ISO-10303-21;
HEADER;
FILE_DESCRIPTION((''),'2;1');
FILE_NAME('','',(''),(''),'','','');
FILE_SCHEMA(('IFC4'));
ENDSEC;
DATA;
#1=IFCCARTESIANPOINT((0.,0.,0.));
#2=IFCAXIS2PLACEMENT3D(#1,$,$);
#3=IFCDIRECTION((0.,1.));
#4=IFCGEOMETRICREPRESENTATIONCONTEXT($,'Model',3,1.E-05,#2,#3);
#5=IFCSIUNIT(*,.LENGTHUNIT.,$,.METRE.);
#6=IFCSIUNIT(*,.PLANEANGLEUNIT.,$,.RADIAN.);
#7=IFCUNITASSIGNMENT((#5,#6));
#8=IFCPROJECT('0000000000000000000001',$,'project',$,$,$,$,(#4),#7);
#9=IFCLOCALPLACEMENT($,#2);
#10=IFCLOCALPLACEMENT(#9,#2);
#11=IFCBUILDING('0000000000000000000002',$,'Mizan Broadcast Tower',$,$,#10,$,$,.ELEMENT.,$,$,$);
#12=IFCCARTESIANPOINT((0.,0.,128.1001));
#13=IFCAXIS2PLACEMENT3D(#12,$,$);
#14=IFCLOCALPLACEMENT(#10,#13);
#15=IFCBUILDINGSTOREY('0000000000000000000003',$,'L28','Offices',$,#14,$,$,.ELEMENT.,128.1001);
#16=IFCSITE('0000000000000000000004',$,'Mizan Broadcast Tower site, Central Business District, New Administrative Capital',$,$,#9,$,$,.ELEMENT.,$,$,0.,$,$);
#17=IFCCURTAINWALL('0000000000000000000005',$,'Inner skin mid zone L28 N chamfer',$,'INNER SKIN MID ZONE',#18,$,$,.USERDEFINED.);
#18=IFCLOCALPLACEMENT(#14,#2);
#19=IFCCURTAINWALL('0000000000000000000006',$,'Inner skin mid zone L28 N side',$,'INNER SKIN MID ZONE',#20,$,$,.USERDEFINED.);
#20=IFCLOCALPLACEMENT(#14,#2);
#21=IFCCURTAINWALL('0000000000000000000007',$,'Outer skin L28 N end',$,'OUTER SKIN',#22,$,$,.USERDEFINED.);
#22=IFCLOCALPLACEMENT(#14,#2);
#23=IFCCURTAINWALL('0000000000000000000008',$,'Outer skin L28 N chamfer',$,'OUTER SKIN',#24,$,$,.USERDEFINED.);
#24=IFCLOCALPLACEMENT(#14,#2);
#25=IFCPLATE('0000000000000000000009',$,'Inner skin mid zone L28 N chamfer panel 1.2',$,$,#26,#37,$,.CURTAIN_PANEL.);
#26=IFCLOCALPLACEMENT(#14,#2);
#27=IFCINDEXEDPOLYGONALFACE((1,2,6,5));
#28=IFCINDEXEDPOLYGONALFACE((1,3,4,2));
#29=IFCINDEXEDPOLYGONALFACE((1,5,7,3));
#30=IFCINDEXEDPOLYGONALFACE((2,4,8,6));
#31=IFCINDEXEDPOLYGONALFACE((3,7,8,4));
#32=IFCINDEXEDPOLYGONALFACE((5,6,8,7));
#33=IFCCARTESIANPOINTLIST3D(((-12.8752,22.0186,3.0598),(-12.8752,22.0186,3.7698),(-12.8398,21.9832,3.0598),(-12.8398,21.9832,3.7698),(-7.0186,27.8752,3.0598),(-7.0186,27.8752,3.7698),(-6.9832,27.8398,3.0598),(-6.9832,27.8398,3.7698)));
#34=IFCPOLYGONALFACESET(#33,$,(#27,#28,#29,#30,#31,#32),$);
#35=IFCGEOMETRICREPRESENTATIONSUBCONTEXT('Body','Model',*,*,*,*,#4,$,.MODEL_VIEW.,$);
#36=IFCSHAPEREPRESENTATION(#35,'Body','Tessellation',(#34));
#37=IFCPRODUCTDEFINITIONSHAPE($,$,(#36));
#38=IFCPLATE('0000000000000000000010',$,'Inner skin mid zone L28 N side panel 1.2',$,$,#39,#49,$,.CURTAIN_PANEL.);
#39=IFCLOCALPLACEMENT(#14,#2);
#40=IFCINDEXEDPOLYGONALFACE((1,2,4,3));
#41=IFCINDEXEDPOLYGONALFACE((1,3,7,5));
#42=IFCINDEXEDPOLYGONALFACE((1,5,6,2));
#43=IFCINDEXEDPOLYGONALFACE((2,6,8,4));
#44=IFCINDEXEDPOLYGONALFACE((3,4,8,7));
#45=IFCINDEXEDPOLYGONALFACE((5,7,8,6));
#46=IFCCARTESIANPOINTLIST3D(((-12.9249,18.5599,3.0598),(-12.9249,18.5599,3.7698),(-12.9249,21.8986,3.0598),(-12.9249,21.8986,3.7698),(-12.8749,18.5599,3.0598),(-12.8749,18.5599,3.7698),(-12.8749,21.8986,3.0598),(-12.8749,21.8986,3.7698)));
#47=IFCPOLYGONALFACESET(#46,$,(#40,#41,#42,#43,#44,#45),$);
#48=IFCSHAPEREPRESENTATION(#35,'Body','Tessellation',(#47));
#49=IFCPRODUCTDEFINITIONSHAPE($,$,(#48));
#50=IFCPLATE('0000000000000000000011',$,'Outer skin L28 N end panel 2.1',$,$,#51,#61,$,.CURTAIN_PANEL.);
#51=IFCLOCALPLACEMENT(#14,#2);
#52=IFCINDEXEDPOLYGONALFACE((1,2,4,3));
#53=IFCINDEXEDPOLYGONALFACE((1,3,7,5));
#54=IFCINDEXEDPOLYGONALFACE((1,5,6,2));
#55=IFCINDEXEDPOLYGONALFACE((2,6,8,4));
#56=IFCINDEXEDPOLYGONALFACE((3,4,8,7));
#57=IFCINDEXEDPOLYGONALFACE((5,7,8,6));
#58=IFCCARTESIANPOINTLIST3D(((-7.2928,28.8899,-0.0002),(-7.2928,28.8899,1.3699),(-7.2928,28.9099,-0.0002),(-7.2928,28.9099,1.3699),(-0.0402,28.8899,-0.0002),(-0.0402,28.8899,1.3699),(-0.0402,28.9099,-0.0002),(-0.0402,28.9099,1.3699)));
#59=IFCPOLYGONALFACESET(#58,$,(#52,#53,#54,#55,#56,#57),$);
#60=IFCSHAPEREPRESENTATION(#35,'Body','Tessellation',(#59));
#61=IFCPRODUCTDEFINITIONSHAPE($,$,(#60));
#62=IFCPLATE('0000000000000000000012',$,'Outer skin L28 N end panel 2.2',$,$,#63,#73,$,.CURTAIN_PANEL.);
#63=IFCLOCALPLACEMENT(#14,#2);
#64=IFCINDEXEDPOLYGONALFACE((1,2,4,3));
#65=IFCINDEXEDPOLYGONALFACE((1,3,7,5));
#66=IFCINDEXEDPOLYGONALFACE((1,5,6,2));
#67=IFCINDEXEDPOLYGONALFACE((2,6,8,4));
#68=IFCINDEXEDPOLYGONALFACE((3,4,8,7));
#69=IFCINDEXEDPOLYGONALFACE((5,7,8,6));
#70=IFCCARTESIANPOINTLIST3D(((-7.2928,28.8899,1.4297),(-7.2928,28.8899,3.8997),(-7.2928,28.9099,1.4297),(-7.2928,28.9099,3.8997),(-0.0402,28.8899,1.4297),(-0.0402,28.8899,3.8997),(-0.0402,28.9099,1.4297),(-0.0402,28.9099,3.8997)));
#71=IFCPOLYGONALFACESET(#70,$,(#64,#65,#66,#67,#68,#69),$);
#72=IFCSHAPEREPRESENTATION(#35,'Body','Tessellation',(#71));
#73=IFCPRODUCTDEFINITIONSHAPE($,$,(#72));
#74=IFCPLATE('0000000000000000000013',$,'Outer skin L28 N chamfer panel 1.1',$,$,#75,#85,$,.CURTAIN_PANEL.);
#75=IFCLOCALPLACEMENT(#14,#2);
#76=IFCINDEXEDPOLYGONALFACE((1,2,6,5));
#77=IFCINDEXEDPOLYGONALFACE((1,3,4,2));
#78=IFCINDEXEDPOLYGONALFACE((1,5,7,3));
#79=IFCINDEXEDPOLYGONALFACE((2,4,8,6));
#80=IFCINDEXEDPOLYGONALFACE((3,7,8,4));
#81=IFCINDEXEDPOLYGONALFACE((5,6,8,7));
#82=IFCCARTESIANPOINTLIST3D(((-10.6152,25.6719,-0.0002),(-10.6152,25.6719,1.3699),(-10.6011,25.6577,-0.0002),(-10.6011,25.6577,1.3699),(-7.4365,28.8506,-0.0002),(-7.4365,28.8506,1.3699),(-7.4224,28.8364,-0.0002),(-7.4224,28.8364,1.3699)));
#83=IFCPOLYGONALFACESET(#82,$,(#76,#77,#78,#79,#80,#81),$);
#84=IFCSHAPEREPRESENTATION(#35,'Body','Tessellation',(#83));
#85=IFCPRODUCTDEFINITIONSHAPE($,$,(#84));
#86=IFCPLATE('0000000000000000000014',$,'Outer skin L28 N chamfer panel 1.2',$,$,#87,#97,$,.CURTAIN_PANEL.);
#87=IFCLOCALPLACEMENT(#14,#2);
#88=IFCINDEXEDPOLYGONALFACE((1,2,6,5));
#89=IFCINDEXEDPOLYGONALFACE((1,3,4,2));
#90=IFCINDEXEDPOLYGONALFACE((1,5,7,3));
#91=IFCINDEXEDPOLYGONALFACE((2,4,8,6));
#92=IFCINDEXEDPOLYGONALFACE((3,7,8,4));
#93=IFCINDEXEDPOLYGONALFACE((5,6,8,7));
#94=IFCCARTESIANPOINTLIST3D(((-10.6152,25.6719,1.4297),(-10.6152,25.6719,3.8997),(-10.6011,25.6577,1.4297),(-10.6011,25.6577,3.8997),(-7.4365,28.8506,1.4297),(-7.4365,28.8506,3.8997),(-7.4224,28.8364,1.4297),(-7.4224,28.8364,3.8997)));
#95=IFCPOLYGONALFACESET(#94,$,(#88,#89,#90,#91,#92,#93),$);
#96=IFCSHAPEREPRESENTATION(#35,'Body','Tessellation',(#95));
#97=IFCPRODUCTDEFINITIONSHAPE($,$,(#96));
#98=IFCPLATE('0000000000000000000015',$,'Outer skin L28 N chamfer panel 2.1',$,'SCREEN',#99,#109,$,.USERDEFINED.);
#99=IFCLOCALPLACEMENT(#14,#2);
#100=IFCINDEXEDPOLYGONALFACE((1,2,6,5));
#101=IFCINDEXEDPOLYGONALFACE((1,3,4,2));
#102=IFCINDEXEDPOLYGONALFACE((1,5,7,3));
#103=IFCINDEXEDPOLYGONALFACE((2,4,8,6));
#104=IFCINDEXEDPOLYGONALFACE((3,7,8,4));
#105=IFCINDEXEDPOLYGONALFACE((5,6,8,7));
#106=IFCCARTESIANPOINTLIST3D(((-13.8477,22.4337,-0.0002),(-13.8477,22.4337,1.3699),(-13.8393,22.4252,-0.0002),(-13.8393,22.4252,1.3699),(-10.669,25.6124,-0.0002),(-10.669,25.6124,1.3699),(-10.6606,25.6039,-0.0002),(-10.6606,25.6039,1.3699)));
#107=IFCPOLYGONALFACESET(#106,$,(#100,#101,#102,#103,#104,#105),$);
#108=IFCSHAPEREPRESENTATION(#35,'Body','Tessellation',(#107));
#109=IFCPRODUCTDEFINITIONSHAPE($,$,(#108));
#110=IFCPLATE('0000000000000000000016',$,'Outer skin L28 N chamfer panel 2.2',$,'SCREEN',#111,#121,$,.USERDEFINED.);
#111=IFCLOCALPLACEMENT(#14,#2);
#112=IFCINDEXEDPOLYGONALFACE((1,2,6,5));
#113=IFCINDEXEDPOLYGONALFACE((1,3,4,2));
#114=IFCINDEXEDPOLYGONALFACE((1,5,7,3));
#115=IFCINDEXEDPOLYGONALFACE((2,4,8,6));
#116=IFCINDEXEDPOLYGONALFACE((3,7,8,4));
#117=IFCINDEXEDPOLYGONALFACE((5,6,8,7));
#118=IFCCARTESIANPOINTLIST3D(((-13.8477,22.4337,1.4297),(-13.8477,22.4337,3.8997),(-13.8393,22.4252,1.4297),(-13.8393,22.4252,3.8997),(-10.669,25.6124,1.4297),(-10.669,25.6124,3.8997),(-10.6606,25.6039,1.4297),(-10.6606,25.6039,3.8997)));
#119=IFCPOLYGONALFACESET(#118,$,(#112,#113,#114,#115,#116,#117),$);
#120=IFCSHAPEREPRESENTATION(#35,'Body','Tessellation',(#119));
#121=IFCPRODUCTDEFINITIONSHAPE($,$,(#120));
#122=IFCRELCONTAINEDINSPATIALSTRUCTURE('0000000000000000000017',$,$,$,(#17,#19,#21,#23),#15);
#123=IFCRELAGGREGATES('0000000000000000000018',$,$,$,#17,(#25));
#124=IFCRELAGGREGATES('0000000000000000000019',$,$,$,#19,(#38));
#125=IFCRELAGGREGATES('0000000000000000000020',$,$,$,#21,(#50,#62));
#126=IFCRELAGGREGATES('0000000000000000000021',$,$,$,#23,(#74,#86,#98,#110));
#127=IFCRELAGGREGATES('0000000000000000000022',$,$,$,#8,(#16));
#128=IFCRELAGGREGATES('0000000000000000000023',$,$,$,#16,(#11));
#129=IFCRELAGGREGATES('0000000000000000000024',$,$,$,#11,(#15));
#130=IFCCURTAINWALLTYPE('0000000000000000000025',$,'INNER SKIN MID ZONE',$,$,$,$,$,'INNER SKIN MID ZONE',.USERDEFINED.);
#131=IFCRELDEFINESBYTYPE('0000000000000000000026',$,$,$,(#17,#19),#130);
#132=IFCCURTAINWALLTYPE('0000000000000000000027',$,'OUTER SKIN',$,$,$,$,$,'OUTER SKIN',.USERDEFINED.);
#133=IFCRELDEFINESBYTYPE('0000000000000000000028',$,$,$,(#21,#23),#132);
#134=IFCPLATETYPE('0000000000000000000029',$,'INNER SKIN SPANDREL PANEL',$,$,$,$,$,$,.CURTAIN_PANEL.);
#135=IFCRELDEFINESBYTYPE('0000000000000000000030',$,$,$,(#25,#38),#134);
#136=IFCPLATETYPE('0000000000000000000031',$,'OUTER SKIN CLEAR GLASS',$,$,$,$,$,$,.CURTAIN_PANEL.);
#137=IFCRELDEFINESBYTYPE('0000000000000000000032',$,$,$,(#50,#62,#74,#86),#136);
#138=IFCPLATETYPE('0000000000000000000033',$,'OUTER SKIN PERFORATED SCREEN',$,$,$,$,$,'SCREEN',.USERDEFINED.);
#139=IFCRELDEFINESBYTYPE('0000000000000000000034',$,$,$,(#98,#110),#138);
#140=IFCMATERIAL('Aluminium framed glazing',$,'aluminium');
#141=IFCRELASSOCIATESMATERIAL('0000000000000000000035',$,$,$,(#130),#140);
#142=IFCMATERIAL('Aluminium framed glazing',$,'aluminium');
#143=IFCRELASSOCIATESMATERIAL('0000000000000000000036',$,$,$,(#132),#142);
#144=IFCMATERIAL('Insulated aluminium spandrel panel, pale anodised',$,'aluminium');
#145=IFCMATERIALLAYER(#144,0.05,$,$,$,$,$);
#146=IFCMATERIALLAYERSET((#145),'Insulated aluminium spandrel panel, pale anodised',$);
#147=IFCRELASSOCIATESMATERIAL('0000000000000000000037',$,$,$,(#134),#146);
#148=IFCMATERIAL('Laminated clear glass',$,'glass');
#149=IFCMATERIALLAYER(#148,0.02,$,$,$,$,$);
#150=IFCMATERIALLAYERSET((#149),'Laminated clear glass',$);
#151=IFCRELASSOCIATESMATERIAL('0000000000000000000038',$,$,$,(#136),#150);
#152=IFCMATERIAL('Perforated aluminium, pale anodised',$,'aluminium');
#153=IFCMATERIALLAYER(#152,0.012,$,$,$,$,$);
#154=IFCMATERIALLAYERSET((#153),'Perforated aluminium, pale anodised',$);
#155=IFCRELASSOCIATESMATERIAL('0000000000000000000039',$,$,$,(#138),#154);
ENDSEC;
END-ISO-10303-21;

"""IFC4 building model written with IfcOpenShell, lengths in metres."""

from ifc_helpers import new_model, si_unit, direction, frame, origin, origin_2d, place, context, subcontext, project, spatial, rectangle, extrude, material, layer, layer_set, type_object, element, aggregate, save


model = new_model("IFC4")

# Units and contexts
model_context = context("Model", 3, precision=1e-05, world=origin(), true_north=direction((0.0, 1.0)))
body_context = subcontext(model_context, "Body", "Model", "MODEL_VIEW")
ifc_project = project(units=[si_unit("LENGTHUNIT", "METRE"), si_unit("PLANEANGLEUNIT", "RADIAN")], contexts=[model_context])

# Site, building, storey
site_placement = place(None, origin())
site = spatial("IfcSite", under=ifc_project, at=site_placement, Name="Mizan Broadcast Tower site, Central Business District, New Administrative Capital", CompositionType="ELEMENT", RefElevation=0.0)
building_placement = place(site_placement, origin())
building = spatial("IfcBuilding", under=site, at=building_placement, Name="Mizan Broadcast Tower", CompositionType="ELEMENT")
storey_placement = place(building_placement, frame((0.0, 0.0, 128.1001)))
storey = spatial("IfcBuildingStorey", under=building, at=storey_placement, Name="L28", Description="Offices", CompositionType="ELEMENT", Elevation=128.1001)

# Shared definitions
ifc_material_1 = material(Name="Aluminium framed glazing", Category="aluminium")
curtain_wall_type_1 = type_object("IfcCurtainWallType", Name="INNER SKIN MID ZONE", ElementType="INNER SKIN MID ZONE", PredefinedType="USERDEFINED", material=ifc_material_1)

# Curtain wall
curtain_wall_1_placement = place(storey_placement, origin())
curtain_wall_1 = element("IfcCurtainWall", 1, at=curtain_wall_1_placement, inside=storey, type_object=curtain_wall_type_1, Name="Inner skin mid zone L28 N chamfer", ObjectType="INNER SKIN MID ZONE", PredefinedType="USERDEFINED")

# Curtain wall
curtain_wall_2_placement = place(storey_placement, origin())
curtain_wall_2 = element("IfcCurtainWall", 2, at=curtain_wall_2_placement, inside=storey, type_object=curtain_wall_type_1, Name="Inner skin mid zone L28 N side", ObjectType="INNER SKIN MID ZONE", PredefinedType="USERDEFINED")

# Curtain wall
ifc_material_2 = material(Name="Aluminium framed glazing", Category="aluminium")
curtain_wall_type_2 = type_object("IfcCurtainWallType", Name="OUTER SKIN", ElementType="OUTER SKIN", PredefinedType="USERDEFINED", material=ifc_material_2)
curtain_wall_3_placement = place(storey_placement, origin())
curtain_wall_3 = element("IfcCurtainWall", 3, at=curtain_wall_3_placement, inside=storey, type_object=curtain_wall_type_2, Name="Outer skin L28 N end", ObjectType="OUTER SKIN", PredefinedType="USERDEFINED")

# Curtain wall
curtain_wall_4_placement = place(storey_placement, origin())
curtain_wall_4 = element("IfcCurtainWall", 4, at=curtain_wall_4_placement, inside=storey, type_object=curtain_wall_type_2, Name="Outer skin L28 N chamfer", ObjectType="OUTER SKIN", PredefinedType="USERDEFINED")

# Plates
ifc_material_3 = material(Name="Insulated aluminium spandrel panel, pale anodised", Category="aluminium")
ifc_layer_1 = layer(ifc_material_3, 0.05)
ifc_layer_set_1 = layer_set([ifc_layer_1], Name="Insulated aluminium spandrel panel, pale anodised")
plate_type_1 = type_object("IfcPlateType", Name="INNER SKIN SPANDREL PANEL", PredefinedType="CURTAIN_PANEL", material=ifc_layer_set_1)
plate_1_placement = place(storey_placement, frame((-9.9292, 24.9292, 3.0598), z_axis=(0.0, 0.0, 1.0), x_axis=(-0.707107, -0.707107, 0.0)))
plate_1 = element("IfcPlate", 5, at=plate_1_placement, type_object=plate_type_1, Name="Inner skin mid zone L28 N chamfer panel 1.2", PredefinedType="CURTAIN_PANEL", context=body_context, shape_type="SweptSolid", body=[
    extrude(rectangle(XDim=8.2825, YDim=0.05, at=origin_2d()), origin(), (0.0, 0.0, 1.0), 0.71),
])
aggregate(curtain_wall_1, [plate_1])
plate_2_placement = place(storey_placement, frame((-12.8999, 20.2292, 3.0598), z_axis=(0.0, 0.0, 1.0), x_axis=(0.0, -1.0, 0.0)))
plate_2 = element("IfcPlate", 6, at=plate_2_placement, type_object=plate_type_1, Name="Inner skin mid zone L28 N side panel 1.2", PredefinedType="CURTAIN_PANEL", context=body_context, shape_type="SweptSolid", body=[
    extrude(rectangle(XDim=3.3386, YDim=0.05, at=origin_2d()), origin(), (0.0, 0.0, 1.0), 0.71),
])
aggregate(curtain_wall_2, [plate_2])
ifc_material_4 = material(Name="Laminated clear glass", Category="glass")
ifc_layer_2 = layer(ifc_material_4, 0.02)
ifc_layer_set_2 = layer_set([ifc_layer_2], Name="Laminated clear glass")
plate_type_2 = type_object("IfcPlateType", Name="OUTER SKIN CLEAR GLASS", PredefinedType="CURTAIN_PANEL", material=ifc_layer_set_2)
plate_3_placement = place(storey_placement, frame((-3.6665, 28.8999, -0.0002), z_axis=(0.0, 0.0, 1.0), x_axis=(-1.0, 0.0, 0.0)))
plate_3 = element("IfcPlate", 7, at=plate_3_placement, type_object=plate_type_2, Name="Outer skin L28 N end panel 2.1", PredefinedType="CURTAIN_PANEL", context=body_context, shape_type="SweptSolid", body=[
    extrude(rectangle(XDim=7.2527, YDim=0.02, at=origin_2d()), origin(), (0.0, 0.0, 1.0), 1.3701),
])
plate_4_placement = place(storey_placement, frame((-3.6665, 28.8999, 1.4297), z_axis=(0.0, 0.0, 1.0), x_axis=(-1.0, 0.0, 0.0)))
plate_4 = element("IfcPlate", 8, at=plate_4_placement, type_object=plate_type_2, Name="Outer skin L28 N end panel 2.2", PredefinedType="CURTAIN_PANEL", context=body_context, shape_type="SweptSolid", body=[
    extrude(rectangle(XDim=7.2527, YDim=0.02, at=origin_2d()), origin(), (0.0, 0.0, 1.0), 2.47),
])
aggregate(curtain_wall_3, [plate_3, plate_4])
plate_5_placement = place(storey_placement, frame((-9.0188, 27.2542, -0.0002), z_axis=(0.0, 0.0, 1.0), x_axis=(-0.707107, -0.707107, 0.0)))
plate_5 = element("IfcPlate", 9, at=plate_5_placement, type_object=plate_type_2, Name="Outer skin L28 N chamfer panel 1.1", PredefinedType="CURTAIN_PANEL", context=body_context, shape_type="SweptSolid", body=[
    extrude(rectangle(XDim=4.4954, YDim=0.02, at=origin_2d()), origin(), (0.0, 0.0, 1.0), 1.3701),
])
plate_6_placement = place(storey_placement, frame((-9.0188, 27.2542, 1.4297), z_axis=(0.0, 0.0, 1.0), x_axis=(-0.707107, -0.707107, 0.0)))
plate_6 = element("IfcPlate", 10, at=plate_6_placement, type_object=plate_type_2, Name="Outer skin L28 N chamfer panel 1.2", PredefinedType="CURTAIN_PANEL", context=body_context, shape_type="SweptSolid", body=[
    extrude(rectangle(XDim=4.4954, YDim=0.02, at=origin_2d()), origin(), (0.0, 0.0, 1.0), 2.47),
])
ifc_material_5 = material(Name="Perforated aluminium, pale anodised", Category="aluminium")
ifc_layer_3 = layer(ifc_material_5, 0.012)
ifc_layer_set_3 = layer_set([ifc_layer_3], Name="Perforated aluminium, pale anodised")
plate_type_3 = type_object("IfcPlateType", Name="OUTER SKIN PERFORATED SCREEN", ElementType="SCREEN", PredefinedType="USERDEFINED", material=ifc_layer_set_3)
plate_7_placement = place(storey_placement, frame((-12.2542, 24.0188, -0.0002), z_axis=(0.0, 0.0, 1.0), x_axis=(-0.707107, -0.707107, 0.0)))
plate_7 = element("IfcPlate", 11, at=plate_7_placement, type_object=plate_type_3, Name="Outer skin L28 N chamfer panel 2.1", ObjectType="SCREEN", PredefinedType="USERDEFINED", context=body_context, shape_type="SweptSolid", body=[
    extrude(rectangle(XDim=4.4954, YDim=0.012, at=origin_2d()), origin(), (0.0, 0.0, 1.0), 1.3701),
])
plate_8_placement = place(storey_placement, frame((-12.2542, 24.0188, 1.4297), z_axis=(0.0, 0.0, 1.0), x_axis=(-0.707107, -0.707107, 0.0)))
plate_8 = element("IfcPlate", 12, at=plate_8_placement, type_object=plate_type_3, Name="Outer skin L28 N chamfer panel 2.2", ObjectType="SCREEN", PredefinedType="USERDEFINED", context=body_context, shape_type="SweptSolid", body=[
    extrude(rectangle(XDim=4.4954, YDim=0.012, at=origin_2d()), origin(), (0.0, 0.0, 1.0), 2.47),
])
aggregate(curtain_wall_4, [plate_5, plate_6, plate_7, plate_8])

save(model, "model.ifc")
